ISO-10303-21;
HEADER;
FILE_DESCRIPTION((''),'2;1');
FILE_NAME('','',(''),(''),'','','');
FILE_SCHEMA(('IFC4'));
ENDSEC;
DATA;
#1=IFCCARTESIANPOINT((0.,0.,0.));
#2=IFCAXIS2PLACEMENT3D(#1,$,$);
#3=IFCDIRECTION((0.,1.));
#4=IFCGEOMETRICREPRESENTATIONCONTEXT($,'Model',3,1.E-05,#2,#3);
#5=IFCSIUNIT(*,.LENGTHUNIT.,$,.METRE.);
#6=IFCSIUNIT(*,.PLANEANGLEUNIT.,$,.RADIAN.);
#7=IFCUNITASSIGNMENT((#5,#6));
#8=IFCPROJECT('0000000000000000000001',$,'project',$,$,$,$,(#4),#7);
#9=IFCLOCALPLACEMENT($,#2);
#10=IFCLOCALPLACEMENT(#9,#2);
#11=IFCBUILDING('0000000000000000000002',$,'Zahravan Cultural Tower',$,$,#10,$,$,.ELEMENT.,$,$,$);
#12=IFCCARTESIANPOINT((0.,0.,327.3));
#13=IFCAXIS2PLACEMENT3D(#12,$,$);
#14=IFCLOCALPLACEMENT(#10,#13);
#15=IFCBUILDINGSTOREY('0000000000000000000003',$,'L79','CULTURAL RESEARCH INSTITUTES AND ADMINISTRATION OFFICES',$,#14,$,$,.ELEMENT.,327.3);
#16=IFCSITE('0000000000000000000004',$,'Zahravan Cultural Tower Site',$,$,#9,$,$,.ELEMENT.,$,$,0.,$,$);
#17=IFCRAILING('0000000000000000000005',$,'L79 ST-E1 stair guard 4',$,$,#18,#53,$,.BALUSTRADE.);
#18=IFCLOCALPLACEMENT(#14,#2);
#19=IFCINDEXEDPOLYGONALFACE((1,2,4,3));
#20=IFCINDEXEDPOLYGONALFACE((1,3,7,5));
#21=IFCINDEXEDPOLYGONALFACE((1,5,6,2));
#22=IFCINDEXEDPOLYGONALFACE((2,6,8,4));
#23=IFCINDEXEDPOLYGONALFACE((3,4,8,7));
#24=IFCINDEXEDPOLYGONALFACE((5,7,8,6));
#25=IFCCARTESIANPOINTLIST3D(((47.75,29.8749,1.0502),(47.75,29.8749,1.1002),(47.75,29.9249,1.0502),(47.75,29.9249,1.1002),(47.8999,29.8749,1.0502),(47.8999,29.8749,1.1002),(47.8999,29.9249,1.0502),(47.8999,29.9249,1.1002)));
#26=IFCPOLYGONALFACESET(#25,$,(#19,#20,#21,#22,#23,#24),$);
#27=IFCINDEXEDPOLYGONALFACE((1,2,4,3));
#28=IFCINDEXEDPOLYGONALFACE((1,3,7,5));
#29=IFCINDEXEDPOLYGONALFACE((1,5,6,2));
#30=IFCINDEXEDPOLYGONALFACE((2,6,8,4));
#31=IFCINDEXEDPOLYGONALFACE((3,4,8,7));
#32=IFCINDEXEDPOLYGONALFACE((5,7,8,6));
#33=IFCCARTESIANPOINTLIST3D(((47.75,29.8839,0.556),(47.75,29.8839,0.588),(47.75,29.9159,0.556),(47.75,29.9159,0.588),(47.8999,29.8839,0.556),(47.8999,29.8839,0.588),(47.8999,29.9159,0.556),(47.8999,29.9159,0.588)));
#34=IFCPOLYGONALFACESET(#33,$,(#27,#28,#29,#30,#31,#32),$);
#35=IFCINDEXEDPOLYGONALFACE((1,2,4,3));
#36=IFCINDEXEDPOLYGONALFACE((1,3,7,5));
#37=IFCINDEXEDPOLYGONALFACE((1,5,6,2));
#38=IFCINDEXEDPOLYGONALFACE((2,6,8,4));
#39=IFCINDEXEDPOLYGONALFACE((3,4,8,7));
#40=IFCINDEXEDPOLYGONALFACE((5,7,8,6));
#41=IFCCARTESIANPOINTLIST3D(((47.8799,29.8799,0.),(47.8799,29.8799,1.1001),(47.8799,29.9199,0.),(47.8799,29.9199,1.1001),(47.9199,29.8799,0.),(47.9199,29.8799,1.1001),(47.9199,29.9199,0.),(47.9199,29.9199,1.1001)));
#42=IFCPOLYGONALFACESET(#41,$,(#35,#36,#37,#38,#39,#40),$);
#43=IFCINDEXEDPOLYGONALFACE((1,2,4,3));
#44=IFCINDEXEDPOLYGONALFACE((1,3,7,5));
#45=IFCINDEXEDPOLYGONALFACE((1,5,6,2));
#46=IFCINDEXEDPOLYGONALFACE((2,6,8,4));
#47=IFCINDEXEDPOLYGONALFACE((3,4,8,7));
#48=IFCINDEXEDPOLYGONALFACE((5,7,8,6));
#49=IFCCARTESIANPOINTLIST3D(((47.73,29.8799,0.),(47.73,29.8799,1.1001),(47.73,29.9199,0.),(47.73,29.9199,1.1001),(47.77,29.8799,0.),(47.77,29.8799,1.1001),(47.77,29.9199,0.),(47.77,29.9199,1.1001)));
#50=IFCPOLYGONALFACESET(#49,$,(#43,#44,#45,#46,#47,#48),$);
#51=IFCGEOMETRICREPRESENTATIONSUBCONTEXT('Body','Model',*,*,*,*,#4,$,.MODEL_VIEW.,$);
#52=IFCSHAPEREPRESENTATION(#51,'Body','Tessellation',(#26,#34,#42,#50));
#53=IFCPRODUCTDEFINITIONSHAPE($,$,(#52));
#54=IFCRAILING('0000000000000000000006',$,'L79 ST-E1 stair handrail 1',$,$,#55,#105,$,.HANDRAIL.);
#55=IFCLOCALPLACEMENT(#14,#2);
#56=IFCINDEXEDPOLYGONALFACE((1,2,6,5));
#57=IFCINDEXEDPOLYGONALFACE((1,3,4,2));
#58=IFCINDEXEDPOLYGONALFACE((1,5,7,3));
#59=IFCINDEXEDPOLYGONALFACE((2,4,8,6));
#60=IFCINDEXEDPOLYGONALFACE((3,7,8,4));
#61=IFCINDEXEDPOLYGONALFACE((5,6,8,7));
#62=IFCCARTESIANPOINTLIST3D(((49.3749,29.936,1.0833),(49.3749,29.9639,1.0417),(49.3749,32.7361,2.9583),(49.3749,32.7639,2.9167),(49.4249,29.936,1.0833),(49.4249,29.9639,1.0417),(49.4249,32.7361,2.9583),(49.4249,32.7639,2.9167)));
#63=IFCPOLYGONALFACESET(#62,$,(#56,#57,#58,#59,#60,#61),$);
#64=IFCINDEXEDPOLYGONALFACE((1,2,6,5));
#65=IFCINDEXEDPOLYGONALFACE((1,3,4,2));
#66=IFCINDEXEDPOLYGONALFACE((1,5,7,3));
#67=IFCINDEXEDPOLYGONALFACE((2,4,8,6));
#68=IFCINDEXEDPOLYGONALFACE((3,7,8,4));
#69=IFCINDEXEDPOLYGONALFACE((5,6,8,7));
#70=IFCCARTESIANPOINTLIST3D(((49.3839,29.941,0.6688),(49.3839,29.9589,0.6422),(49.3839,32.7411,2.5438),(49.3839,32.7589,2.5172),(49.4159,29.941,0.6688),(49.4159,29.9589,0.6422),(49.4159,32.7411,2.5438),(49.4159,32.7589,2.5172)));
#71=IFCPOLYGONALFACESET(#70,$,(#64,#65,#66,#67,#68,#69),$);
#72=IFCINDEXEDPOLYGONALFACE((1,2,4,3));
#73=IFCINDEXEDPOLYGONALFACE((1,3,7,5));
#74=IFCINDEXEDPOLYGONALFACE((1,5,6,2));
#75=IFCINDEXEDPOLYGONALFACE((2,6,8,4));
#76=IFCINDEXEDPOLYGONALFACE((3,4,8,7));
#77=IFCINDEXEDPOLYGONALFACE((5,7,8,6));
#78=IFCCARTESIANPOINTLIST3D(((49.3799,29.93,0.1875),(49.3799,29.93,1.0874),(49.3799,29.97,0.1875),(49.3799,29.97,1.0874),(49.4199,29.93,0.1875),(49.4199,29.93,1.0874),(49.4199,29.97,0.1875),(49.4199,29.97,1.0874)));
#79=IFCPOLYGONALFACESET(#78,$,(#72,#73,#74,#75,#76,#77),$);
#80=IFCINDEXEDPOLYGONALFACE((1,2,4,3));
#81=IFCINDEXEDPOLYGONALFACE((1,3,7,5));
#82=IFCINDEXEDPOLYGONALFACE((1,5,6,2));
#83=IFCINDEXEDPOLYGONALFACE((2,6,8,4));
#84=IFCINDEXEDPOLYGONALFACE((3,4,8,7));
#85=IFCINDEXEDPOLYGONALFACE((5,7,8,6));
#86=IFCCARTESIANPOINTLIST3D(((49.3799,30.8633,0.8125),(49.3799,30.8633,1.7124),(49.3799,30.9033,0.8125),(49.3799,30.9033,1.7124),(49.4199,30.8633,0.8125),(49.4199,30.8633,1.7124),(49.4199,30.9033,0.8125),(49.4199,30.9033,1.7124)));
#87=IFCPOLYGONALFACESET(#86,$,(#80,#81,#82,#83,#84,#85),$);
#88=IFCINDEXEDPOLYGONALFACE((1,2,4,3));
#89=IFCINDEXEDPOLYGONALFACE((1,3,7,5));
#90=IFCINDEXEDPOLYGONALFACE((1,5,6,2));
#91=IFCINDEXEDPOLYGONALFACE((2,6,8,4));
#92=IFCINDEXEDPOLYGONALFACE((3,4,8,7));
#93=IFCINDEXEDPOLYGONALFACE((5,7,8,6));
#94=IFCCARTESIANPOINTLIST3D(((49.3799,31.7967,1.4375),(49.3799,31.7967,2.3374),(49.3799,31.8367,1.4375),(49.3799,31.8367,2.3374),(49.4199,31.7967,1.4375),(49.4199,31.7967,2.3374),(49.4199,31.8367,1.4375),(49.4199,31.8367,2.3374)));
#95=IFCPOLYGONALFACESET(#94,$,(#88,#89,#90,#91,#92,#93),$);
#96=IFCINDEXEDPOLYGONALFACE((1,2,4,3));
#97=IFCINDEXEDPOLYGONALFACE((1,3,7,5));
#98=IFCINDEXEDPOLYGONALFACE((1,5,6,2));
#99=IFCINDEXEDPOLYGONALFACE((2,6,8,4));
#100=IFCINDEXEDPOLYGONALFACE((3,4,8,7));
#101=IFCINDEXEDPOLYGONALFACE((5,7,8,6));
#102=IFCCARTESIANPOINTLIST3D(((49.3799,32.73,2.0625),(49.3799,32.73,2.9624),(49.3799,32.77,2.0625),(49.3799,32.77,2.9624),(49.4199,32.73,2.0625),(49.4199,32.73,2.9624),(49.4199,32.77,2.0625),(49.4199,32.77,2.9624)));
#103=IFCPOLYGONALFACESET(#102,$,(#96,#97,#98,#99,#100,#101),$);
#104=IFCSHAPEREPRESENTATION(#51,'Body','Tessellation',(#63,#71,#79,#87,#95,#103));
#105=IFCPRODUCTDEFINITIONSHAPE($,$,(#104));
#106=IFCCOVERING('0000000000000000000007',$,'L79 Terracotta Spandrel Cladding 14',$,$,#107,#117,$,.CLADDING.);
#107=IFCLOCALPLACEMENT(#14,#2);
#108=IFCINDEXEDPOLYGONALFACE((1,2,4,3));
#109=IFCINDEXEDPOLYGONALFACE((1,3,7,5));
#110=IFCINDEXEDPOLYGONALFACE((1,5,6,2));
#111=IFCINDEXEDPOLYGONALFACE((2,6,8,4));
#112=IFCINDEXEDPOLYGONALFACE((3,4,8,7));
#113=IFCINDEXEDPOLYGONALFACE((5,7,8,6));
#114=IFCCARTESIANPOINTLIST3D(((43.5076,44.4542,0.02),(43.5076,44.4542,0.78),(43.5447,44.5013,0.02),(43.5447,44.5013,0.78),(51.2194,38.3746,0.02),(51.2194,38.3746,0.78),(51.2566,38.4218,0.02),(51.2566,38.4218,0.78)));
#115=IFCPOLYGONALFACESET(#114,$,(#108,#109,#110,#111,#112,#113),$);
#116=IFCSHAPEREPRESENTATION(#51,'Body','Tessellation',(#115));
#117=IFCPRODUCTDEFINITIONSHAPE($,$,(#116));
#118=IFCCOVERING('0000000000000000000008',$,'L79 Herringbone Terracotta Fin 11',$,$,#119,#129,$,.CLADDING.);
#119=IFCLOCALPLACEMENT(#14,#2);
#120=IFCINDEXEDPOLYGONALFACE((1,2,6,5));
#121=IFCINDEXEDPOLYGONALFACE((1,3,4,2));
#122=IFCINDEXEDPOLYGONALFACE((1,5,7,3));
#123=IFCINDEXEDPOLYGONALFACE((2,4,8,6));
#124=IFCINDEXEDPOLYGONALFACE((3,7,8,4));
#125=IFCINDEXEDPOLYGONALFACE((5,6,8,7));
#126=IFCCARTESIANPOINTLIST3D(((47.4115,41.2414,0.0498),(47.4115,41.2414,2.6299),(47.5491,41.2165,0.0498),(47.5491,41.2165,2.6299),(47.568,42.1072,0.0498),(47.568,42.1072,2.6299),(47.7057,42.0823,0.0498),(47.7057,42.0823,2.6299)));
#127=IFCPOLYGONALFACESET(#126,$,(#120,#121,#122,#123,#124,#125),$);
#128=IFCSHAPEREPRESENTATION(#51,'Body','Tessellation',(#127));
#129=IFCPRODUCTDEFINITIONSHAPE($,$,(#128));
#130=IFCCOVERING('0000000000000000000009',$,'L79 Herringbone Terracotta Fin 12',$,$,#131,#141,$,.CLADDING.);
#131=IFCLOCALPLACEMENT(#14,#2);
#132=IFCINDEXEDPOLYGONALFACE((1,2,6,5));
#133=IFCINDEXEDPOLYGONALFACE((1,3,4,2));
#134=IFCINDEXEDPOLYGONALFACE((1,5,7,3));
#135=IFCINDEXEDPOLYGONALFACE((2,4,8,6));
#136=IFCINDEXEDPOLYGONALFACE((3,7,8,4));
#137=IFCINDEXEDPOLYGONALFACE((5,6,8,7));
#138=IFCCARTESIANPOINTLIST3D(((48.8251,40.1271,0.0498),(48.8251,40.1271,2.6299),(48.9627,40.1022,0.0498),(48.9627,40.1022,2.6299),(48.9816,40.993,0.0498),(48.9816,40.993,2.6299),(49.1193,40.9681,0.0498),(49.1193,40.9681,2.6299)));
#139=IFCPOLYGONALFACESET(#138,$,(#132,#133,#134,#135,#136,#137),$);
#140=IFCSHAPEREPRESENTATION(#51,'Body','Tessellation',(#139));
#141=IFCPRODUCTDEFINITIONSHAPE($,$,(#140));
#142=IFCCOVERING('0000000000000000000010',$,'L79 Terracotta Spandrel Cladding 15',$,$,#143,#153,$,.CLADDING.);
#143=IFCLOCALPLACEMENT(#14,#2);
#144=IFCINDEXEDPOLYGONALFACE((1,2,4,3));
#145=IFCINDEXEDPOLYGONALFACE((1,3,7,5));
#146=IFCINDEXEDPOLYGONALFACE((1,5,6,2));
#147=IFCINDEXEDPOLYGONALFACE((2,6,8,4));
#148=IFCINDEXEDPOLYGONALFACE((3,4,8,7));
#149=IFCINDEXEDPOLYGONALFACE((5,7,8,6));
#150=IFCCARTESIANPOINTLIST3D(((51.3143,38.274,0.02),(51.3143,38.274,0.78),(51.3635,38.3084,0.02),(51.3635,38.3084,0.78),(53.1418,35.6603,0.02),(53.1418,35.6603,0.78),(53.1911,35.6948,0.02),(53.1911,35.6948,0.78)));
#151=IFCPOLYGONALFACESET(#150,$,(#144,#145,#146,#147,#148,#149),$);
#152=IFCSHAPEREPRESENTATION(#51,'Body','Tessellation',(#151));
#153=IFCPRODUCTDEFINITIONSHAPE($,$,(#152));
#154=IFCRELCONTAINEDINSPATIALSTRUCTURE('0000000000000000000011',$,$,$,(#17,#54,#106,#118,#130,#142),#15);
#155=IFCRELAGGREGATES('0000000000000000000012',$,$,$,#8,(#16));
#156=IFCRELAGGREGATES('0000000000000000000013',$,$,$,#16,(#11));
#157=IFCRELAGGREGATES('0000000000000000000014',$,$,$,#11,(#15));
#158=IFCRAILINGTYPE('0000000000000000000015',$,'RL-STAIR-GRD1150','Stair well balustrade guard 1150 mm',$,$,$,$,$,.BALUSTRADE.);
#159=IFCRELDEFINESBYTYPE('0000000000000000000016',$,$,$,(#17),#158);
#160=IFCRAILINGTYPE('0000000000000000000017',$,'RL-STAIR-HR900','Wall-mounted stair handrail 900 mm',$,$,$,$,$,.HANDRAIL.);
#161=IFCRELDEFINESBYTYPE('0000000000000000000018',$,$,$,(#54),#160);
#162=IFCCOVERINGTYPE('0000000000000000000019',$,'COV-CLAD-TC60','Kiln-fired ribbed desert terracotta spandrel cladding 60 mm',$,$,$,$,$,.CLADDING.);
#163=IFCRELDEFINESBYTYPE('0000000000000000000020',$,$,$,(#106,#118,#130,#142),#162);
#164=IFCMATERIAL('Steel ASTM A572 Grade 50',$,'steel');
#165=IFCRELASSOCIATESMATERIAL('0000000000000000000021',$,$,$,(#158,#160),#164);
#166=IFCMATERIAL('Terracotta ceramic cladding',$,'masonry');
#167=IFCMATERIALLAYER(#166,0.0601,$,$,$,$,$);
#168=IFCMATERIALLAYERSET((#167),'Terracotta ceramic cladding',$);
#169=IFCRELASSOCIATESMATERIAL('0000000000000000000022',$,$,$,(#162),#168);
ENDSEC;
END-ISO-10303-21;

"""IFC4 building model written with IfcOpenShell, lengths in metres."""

from ifc_helpers import new_model, si_unit, direction, frame, origin, origin_2d, place, context, subcontext, project, spatial, rectangle, extrude, source, transform, mapped, material, layer, layer_set, type_object, element, save


model = new_model("IFC4")

# Units and contexts
model_context = context("Model", 3, precision=1e-05, world=origin(), true_north=direction((0.0, 1.0)))
body_context = subcontext(model_context, "Body", "Model", "MODEL_VIEW")
ifc_project = project(units=[si_unit("LENGTHUNIT", "METRE"), si_unit("PLANEANGLEUNIT", "RADIAN")], contexts=[model_context])

# Site, building, storey
site_placement = place(None, origin())
site = spatial("IfcSite", under=ifc_project, at=site_placement, Name="Zahravan Cultural Tower Site", CompositionType="ELEMENT", RefElevation=0.0)
building_placement = place(site_placement, origin())
building = spatial("IfcBuilding", under=site, at=building_placement, Name="Zahravan Cultural Tower", CompositionType="ELEMENT")
storey_placement = place(building_placement, frame((0.0, 0.0, 327.3)))
storey = spatial("IfcBuildingStorey", under=building, at=storey_placement, Name="L79", Description="CULTURAL RESEARCH INSTITUTES AND ADMINISTRATION OFFICES", CompositionType="ELEMENT", Elevation=327.3)

# Railings
ifc_material_1 = material(Name="Steel ASTM A572 Grade 50", Category="steel")
railing_type_1 = type_object("IfcRailingType", Name="RL-STAIR-GRD1150", Description="Stair well balustrade guard 1150 mm", PredefinedType="BALUSTRADE", material=ifc_material_1)
railing_1_placement = place(storey_placement, frame((47.8999, 29.8999, 0.0)))
element("IfcRailing", 1, at=railing_1_placement, inside=storey, type_object=railing_type_1, Name="L79 ST-E1 stair guard 4", PredefinedType="BALUSTRADE", context=body_context, shape_type="SweptSolid", body=[
    extrude(rectangle(XDim=0.05, YDim=0.05, at=origin_2d()), frame((0.0, 0.0, 1.0752), z_axis=(-1.0, 0.0, 0.0), x_axis=(0.0, -1.0, 0.0)), (0.0, 0.0, 1.0), 0.1499),
    extrude(rectangle(XDim=0.032, YDim=0.032, at=origin_2d()), frame((0.0, 0.0, 0.572), z_axis=(-1.0, 0.0, 0.0), x_axis=(0.0, -1.0, 0.0)), (0.0, 0.0, 1.0), 0.1499),
    extrude(rectangle(XDim=0.04, YDim=0.04, at=origin_2d()), origin(), (0.0, 0.0, 1.0), 1.1001),
    extrude(rectangle(XDim=0.04, YDim=0.04, at=origin_2d()), frame((-0.1499, 0.0, 0.0)), (0.0, 0.0, 1.0), 1.1001),
])
railing_type_2 = type_object("IfcRailingType", Name="RL-STAIR-HR900", Description="Wall-mounted stair handrail 900 mm", PredefinedType="HANDRAIL", material=ifc_material_1)
railing_2_placement = place(storey_placement, frame((49.3999, 29.95, 0.1875)))
element("IfcRailing", 2, at=railing_2_placement, inside=storey, type_object=railing_type_2, Name="L79 ST-E1 stair handrail 1", PredefinedType="HANDRAIL", context=body_context, shape_type="SweptSolid", body=[
    extrude(rectangle(XDim=0.05, YDim=0.05, at=origin_2d()), frame((0.0, 0.0, 0.875), z_axis=(0.0, 0.830912, 0.556404), x_axis=(-1.0, 0.0, 0.0)), (0.0, 0.0, 1.0), 3.3699),
    extrude(rectangle(XDim=0.032, YDim=0.032, at=origin_2d()), frame((0.0, 0.0, 0.468), z_axis=(0.0, 0.830912, 0.556404), x_axis=(-1.0, 0.0, 0.0)), (0.0, 0.0, 1.0), 3.3699),
    extrude(rectangle(XDim=0.04, YDim=0.04, at=origin_2d()), origin(), (0.0, 0.0, 1.0), 0.8999),
    extrude(rectangle(XDim=0.04, YDim=0.04, at=origin_2d()), frame((0.0, 0.9333, 0.625)), (0.0, 0.0, 1.0), 0.8999),
    extrude(rectangle(XDim=0.04, YDim=0.04, at=origin_2d()), frame((0.0, 1.8667, 1.25)), (0.0, 0.0, 1.0), 0.8999),
    extrude(rectangle(XDim=0.04, YDim=0.04, at=origin_2d()), frame((0.0, 2.8, 1.875)), (0.0, 0.0, 1.0), 0.8999),
])

# Coverings
ifc_material_2 = material(Name="Terracotta ceramic cladding", Category="masonry")
ifc_layer_1 = layer(ifc_material_2, 0.0601)
ifc_layer_set_1 = layer_set([ifc_layer_1], Name="Terracotta ceramic cladding")
covering_type = type_object("IfcCoveringType", Name="COV-CLAD-TC60", Description="Kiln-fired ribbed desert terracotta spandrel cladding 60 mm", PredefinedType="CLADDING", material=ifc_layer_set_1)
shared_shape_1 = source(origin(), body_context, "Body", "SweptSolid", [
    extrude(rectangle(XDim=9.8201, YDim=0.0601, at=origin_2d()), origin(), (0.0, 0.0, 1.0), 0.76),
])
covering_1_placement = place(storey_placement, frame((47.3821, 41.438, 0.02), z_axis=(0.0, 0.0, 1.0), x_axis=(0.785317, -0.619094, 0.0)))
element("IfcCovering", 3, at=covering_1_placement, inside=storey, type_object=covering_type, Name="L79 Terracotta Spandrel Cladding 14", PredefinedType="CLADDING", context=body_context, shape_type="MappedRepresentation", body=[
    mapped(shared_shape_1, transform((0.0, 0.0, 0.0), x_axis=(1.0, 0.0, 0.0), y_axis=(0.0, 1.0, 0.0), z_axis=(0.0, 0.0, 1.0), scale=1.0)),
])
shared_shape_2 = source(origin(), body_context, "Body", "SweptSolid", [
    extrude(rectangle(XDim=0.8799, YDim=0.1399, at=origin_2d()), origin(), (0.0, 0.0, 1.0), 2.5801),
])
for number, where, z_axis, x_axis, name in (
    (4, (47.5586, 41.6619, 0.0498), (0.0, 0.0, 1.0), (0.177944, 0.984041, 0.0), "L79 Herringbone Terracotta Fin 11"),
    (5, (48.9722, 40.5476, 0.0498), (0.0, 0.0, 1.0), (0.177944, 0.984041, 0.0), "L79 Herringbone Terracotta Fin 12"),
):
    element("IfcCovering", number, at=place(storey_placement, frame(where, z_axis=z_axis, x_axis=x_axis)), inside=storey, type_object=covering_type, Name=name, PredefinedType="CLADDING", context=body_context, shape_type="MappedRepresentation", body=[
        mapped(shared_shape_2, transform((0.0, 0.0, 0.0), x_axis=(1.0, 0.0, 0.0), y_axis=(0.0, 1.0, 0.0), z_axis=(0.0, 0.0, 1.0), scale=1.0)),
    ])
shared_shape_3 = source(origin(), body_context, "Body", "SweptSolid", [
    extrude(rectangle(XDim=3.1892, YDim=0.0601, at=origin_2d()), origin(), (0.0, 0.0, 1.0), 0.76),
])
covering_2_placement = place(storey_placement, frame((52.2527, 36.9844, 0.02), z_axis=(0.0, 0.0, 1.0), x_axis=(0.573033, -0.819532, 0.0)))
element("IfcCovering", 6, at=covering_2_placement, inside=storey, type_object=covering_type, Name="L79 Terracotta Spandrel Cladding 15", PredefinedType="CLADDING", context=body_context, shape_type="MappedRepresentation", body=[
    mapped(shared_shape_3, transform((0.0, 0.0, 0.0), x_axis=(1.0, 0.0, 0.0), y_axis=(0.0, 1.0, 0.0), z_axis=(0.0, 0.0, 1.0), scale=1.0)),
])

save(model, "model.ifc")
